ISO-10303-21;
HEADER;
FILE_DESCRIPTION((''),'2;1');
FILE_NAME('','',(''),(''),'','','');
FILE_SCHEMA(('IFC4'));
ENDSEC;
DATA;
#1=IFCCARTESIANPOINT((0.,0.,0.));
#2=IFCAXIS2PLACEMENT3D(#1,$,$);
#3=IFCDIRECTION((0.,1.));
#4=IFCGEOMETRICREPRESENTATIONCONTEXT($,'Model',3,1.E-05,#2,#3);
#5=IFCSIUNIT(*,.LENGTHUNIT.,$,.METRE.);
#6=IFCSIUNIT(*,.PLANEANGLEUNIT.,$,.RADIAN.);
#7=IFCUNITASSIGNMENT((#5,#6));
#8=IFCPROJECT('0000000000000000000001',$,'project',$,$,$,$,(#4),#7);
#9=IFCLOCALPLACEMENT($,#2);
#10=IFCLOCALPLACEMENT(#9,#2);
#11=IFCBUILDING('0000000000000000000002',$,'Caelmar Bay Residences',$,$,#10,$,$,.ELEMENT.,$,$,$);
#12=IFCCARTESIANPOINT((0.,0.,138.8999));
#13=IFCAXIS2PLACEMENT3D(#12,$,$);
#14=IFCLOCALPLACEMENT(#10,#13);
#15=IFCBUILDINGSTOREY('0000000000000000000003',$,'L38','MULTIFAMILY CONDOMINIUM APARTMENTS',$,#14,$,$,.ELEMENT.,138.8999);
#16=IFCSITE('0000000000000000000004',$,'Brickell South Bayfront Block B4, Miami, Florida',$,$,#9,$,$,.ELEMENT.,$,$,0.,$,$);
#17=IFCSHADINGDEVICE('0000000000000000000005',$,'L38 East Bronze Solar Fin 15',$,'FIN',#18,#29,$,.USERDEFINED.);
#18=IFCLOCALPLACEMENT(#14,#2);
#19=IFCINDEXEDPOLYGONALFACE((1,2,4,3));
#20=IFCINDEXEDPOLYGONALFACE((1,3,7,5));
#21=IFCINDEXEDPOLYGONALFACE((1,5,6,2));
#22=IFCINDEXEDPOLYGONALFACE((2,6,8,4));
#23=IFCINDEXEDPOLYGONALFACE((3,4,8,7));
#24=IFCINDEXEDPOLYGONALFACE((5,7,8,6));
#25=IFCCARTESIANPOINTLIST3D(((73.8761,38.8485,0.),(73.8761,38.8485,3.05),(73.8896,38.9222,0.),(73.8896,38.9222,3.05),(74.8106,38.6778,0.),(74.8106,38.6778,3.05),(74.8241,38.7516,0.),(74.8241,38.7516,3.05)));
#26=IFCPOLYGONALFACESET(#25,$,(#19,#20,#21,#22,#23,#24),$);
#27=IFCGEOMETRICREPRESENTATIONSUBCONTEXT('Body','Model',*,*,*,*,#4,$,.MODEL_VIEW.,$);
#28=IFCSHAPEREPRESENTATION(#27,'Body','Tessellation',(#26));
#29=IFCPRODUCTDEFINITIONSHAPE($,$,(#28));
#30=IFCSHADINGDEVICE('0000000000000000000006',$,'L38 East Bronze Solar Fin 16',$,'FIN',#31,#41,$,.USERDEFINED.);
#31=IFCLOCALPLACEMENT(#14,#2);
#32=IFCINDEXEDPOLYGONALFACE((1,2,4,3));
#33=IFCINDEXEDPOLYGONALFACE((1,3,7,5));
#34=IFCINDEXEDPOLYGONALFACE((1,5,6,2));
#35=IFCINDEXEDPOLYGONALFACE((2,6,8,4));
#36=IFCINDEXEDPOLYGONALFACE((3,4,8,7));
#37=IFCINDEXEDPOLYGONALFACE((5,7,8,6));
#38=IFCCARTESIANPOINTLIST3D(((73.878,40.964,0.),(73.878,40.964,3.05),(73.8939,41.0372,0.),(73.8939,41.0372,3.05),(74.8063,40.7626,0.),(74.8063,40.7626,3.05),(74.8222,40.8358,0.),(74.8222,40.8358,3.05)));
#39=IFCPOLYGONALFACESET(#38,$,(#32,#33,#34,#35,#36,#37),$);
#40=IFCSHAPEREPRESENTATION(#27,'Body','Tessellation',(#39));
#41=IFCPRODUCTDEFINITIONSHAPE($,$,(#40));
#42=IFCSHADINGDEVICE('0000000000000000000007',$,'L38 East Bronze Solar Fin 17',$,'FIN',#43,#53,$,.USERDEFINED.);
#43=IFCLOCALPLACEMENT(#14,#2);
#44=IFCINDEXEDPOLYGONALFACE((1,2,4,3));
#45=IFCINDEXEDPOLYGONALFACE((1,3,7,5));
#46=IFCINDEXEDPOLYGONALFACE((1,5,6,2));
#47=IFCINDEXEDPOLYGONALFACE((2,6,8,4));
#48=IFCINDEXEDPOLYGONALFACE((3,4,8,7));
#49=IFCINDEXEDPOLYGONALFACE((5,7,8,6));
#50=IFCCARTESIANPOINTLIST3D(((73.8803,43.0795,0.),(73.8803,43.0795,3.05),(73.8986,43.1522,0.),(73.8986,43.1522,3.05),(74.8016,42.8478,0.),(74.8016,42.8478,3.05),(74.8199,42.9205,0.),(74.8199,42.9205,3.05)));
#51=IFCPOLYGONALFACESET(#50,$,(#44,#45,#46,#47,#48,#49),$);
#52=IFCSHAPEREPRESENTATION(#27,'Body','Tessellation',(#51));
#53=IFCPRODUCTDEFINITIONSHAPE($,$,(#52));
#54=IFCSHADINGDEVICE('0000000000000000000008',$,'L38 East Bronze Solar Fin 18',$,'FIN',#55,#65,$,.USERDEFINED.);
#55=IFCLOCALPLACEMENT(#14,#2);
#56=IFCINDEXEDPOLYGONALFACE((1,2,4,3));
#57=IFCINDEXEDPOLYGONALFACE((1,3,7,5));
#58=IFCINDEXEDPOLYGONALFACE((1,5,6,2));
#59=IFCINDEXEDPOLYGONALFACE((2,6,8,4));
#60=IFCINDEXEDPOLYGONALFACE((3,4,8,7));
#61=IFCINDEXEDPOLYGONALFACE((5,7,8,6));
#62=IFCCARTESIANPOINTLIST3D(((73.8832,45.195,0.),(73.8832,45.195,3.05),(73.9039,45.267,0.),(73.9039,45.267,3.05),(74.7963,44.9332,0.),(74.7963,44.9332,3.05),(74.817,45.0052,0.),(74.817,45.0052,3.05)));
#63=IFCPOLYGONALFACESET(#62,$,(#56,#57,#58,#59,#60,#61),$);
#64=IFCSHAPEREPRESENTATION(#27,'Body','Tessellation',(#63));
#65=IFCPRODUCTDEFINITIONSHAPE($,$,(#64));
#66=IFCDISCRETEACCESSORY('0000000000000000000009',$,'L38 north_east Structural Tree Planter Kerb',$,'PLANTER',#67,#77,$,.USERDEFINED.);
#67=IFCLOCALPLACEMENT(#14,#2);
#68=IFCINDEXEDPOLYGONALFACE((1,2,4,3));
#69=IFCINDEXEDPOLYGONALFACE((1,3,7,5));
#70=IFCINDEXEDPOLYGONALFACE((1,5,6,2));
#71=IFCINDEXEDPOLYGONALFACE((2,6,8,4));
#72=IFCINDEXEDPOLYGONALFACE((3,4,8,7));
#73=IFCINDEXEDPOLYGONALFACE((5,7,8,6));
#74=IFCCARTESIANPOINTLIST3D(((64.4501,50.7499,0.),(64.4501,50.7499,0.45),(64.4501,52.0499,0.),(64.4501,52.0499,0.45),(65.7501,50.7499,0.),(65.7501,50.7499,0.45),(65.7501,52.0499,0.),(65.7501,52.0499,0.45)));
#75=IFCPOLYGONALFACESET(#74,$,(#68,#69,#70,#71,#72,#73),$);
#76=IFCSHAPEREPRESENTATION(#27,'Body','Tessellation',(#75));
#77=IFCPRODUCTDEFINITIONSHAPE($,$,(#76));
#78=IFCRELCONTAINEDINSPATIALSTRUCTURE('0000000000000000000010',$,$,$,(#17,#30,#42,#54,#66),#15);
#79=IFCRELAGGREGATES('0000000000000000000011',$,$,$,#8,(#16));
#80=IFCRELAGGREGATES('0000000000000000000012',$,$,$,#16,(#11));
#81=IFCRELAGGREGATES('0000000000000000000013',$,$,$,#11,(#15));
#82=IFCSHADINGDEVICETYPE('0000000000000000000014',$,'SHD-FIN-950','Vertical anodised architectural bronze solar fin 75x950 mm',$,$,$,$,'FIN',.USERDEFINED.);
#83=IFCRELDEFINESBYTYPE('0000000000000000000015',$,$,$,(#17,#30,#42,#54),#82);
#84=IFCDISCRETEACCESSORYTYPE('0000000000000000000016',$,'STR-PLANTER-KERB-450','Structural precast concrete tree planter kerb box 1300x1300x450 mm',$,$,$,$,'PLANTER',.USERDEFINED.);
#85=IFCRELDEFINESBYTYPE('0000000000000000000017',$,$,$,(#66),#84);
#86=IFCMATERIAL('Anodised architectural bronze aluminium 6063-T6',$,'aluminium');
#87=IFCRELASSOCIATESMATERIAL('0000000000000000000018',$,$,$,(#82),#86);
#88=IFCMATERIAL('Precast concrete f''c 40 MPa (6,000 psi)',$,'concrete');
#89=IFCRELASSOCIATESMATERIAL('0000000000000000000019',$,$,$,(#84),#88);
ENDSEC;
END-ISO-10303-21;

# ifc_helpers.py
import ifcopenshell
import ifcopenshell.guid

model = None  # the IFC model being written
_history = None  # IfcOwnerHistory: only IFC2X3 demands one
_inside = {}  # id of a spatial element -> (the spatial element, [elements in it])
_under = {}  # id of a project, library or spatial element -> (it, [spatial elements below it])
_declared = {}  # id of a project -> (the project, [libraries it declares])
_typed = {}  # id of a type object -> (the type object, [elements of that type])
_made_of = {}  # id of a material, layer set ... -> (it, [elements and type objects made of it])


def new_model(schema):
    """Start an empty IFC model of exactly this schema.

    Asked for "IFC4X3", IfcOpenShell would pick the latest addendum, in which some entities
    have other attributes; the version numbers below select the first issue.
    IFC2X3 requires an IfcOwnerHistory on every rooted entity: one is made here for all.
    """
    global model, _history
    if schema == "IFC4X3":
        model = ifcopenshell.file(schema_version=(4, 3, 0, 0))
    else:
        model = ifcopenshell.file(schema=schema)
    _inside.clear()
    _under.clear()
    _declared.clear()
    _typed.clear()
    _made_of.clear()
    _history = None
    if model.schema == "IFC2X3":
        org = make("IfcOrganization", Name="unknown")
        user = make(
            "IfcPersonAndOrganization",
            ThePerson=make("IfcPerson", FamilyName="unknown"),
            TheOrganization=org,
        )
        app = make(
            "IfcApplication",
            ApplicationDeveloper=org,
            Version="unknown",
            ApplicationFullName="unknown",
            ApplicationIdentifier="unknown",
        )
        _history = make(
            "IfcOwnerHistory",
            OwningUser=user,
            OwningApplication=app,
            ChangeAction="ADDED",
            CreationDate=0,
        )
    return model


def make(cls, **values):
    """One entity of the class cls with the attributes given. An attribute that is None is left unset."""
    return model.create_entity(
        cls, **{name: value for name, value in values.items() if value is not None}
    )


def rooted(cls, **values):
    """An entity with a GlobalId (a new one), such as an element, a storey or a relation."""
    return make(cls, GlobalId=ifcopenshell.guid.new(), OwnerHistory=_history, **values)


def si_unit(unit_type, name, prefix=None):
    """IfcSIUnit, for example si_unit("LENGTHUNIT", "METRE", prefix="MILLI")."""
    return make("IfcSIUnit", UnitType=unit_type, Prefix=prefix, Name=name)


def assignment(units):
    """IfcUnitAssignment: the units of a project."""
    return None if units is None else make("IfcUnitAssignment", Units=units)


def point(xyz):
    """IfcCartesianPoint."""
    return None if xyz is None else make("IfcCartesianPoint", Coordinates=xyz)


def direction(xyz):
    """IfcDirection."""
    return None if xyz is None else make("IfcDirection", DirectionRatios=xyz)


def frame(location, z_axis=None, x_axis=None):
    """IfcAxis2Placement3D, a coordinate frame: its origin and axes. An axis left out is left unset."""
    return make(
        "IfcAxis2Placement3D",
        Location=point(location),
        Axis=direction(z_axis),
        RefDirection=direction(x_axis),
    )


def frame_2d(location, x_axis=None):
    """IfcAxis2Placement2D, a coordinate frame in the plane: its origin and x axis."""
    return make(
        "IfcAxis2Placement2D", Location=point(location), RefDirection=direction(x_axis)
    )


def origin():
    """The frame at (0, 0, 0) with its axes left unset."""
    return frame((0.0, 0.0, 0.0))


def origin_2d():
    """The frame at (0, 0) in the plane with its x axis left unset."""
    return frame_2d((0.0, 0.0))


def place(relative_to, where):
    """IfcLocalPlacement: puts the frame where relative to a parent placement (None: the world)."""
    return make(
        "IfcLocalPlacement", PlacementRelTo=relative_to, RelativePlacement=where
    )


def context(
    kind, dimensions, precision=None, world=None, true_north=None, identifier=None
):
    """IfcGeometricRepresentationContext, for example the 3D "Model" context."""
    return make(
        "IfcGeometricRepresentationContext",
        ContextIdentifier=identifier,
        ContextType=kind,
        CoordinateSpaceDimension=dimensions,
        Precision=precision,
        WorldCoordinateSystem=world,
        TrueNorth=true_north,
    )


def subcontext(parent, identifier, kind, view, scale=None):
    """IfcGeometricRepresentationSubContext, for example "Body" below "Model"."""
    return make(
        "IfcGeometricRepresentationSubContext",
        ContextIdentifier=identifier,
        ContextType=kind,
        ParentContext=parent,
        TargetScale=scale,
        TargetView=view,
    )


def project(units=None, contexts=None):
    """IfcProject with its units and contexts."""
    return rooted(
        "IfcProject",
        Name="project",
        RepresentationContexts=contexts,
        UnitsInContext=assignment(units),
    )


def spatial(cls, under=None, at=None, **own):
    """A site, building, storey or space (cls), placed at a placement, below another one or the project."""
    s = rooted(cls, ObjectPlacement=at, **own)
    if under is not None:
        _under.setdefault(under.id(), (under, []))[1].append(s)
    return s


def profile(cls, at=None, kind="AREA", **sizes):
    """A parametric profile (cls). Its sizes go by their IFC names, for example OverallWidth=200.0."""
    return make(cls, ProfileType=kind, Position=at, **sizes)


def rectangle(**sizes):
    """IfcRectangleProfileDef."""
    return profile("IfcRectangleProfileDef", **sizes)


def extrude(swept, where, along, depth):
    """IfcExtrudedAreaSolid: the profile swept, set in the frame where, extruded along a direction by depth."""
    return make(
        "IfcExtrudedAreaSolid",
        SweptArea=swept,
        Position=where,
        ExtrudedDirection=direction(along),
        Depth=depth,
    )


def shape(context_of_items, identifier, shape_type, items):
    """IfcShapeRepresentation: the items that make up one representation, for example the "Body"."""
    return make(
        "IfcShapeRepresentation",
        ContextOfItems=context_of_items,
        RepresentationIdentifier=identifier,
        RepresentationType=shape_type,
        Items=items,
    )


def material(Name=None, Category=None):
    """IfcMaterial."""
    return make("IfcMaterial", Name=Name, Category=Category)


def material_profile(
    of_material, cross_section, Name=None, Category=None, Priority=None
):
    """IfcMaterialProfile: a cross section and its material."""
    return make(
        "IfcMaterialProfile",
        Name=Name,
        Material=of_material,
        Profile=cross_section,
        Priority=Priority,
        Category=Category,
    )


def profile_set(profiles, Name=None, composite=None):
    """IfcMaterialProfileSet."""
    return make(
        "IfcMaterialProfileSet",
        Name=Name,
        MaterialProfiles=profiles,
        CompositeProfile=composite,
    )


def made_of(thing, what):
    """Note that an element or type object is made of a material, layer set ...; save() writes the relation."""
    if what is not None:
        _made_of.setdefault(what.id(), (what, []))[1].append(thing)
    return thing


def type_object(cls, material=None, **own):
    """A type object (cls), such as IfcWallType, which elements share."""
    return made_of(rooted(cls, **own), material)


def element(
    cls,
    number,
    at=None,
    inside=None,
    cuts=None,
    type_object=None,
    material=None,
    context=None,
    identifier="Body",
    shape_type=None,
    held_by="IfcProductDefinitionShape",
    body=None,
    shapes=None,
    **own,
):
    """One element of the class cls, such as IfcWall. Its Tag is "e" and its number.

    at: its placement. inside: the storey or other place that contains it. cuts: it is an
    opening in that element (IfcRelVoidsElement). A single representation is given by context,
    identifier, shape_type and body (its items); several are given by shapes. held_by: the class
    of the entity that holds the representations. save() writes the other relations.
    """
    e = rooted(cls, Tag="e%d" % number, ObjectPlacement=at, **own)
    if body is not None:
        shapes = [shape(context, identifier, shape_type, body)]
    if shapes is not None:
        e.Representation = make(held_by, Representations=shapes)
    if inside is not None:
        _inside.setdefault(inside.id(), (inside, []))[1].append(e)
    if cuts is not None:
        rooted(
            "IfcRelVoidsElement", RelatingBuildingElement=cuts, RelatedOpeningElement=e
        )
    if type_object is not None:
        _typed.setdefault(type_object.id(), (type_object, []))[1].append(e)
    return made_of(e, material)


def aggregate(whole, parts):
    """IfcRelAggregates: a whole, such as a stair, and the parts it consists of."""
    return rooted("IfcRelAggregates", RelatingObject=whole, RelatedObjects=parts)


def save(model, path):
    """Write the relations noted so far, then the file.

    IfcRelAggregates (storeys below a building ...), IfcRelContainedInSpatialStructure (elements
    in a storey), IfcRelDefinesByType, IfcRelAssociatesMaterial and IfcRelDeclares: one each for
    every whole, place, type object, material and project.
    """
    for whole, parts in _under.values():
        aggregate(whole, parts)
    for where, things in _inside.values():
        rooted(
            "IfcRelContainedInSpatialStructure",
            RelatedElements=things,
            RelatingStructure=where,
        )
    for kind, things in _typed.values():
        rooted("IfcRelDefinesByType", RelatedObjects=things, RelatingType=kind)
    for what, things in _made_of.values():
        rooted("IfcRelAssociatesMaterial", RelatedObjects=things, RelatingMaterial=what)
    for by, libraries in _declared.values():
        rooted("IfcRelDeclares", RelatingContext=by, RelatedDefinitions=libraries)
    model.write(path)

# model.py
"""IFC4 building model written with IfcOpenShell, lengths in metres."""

from ifc_helpers import new_model, si_unit, direction, frame, origin, origin_2d, place, context, subcontext, project, spatial, rectangle, extrude, material, material_profile, profile_set, type_object, element, save


model = new_model("IFC4")

# Units and contexts
model_context = context("Model", 3, precision=1e-05, world=origin(), true_north=direction((0.0, 1.0)))
body_context = subcontext(model_context, "Body", "Model", "MODEL_VIEW")
ifc_project = project(units=[si_unit("LENGTHUNIT", "METRE"), si_unit("PLANEANGLEUNIT", "RADIAN")], contexts=[model_context])

# Site, building, storey
site_placement = place(None, origin())
site = spatial("IfcSite", under=ifc_project, at=site_placement, Name="Brickell South Bayfront Block B4, Miami, Florida", CompositionType="ELEMENT", RefElevation=0.0)
building_placement = place(site_placement, origin())
building = spatial("IfcBuilding", under=site, at=building_placement, Name="Caelmar Bay Residences", CompositionType="ELEMENT")
storey_placement = place(building_placement, frame((0.0, 0.0, 138.8999)))
storey = spatial("IfcBuildingStorey", under=building, at=storey_placement, Name="L38", Description="MULTIFAMILY CONDOMINIUM APARTMENTS", CompositionType="ELEMENT", Elevation=138.8999)

# Shared definitions
ifc_material_1 = material(Name="Precast concrete f'c 40 MPa (6,000 psi)", Category="concrete")

# Shading devices
ifc_material_2 = material(Name="Anodised architectural bronze aluminium 6063-T6", Category="aluminium")
ifc_material_profile_1 = material_profile(ifc_material_2, rectangle(XDim=0.075, YDim=0.95, at=origin_2d()), Name="BRONZE-FIN-75X950")
ifc_profile_set_1 = profile_set([ifc_material_profile_1], Name="Anodised architectural bronze aluminium 6063-T6")
shading_device_type = type_object("IfcShadingDeviceType", Name="SHD-FIN-950", Description="Vertical anodised architectural bronze solar fin 75x950 mm", ElementType="FIN", PredefinedType="USERDEFINED", material=ifc_profile_set_1)
for number, where, z_axis, x_axis, name in (
    (1, (74.3501, 38.8, 0.0), (0.0, 0.0, 1.0), (0.179661, 0.983729, 0.0), "L38 East Bronze Solar Fin 15"),
    (2, (74.3501, 40.8999, 0.0), (0.0, 0.0, 1.0), (0.212007, 0.977268, 0.0), "L38 East Bronze Solar Fin 16"),
    (3, (74.3501, 43.0, 0.0), (0.0, 0.0, 1.0), (0.243954, 0.969787, 0.0), "L38 East Bronze Solar Fin 17"),
    (4, (74.3501, 45.1001, 0.0), (0.0, 0.0, 1.0), (0.275637, 0.961262, 0.0), "L38 East Bronze Solar Fin 18"),
):
    element("IfcShadingDevice", number, at=place(storey_placement, frame(where, z_axis=z_axis, x_axis=x_axis)), inside=storey, type_object=shading_device_type, Name=name, ObjectType="FIN", PredefinedType="USERDEFINED", context=body_context, shape_type="SweptSolid", body=[
        extrude(rectangle(XDim=0.075, YDim=0.95, at=origin_2d()), origin(), (0.0, 0.0, 1.0), 3.05),
    ])

# Discrete accessory
discrete_accessory_type = type_object("IfcDiscreteAccessoryType", Name="STR-PLANTER-KERB-450", Description="Structural precast concrete tree planter kerb box 1300x1300x450 mm", ElementType="PLANTER", PredefinedType="USERDEFINED", material=ifc_material_1)
discrete_accessory_placement = place(storey_placement, frame((65.1001, 51.3999, 0.0), z_axis=(0.0, 0.0, 1.0), x_axis=(1.0, 0.0, 0.0)))
element("IfcDiscreteAccessory", 5, at=discrete_accessory_placement, inside=storey, type_object=discrete_accessory_type, Name="L38 north_east Structural Tree Planter Kerb", ObjectType="PLANTER", PredefinedType="USERDEFINED", context=body_context, shape_type="SweptSolid", body=[
    extrude(rectangle(XDim=1.3, YDim=1.3, at=origin_2d()), origin(), (0.0, 0.0, 1.0), 0.45),
])

save(model, "model.ifc")
